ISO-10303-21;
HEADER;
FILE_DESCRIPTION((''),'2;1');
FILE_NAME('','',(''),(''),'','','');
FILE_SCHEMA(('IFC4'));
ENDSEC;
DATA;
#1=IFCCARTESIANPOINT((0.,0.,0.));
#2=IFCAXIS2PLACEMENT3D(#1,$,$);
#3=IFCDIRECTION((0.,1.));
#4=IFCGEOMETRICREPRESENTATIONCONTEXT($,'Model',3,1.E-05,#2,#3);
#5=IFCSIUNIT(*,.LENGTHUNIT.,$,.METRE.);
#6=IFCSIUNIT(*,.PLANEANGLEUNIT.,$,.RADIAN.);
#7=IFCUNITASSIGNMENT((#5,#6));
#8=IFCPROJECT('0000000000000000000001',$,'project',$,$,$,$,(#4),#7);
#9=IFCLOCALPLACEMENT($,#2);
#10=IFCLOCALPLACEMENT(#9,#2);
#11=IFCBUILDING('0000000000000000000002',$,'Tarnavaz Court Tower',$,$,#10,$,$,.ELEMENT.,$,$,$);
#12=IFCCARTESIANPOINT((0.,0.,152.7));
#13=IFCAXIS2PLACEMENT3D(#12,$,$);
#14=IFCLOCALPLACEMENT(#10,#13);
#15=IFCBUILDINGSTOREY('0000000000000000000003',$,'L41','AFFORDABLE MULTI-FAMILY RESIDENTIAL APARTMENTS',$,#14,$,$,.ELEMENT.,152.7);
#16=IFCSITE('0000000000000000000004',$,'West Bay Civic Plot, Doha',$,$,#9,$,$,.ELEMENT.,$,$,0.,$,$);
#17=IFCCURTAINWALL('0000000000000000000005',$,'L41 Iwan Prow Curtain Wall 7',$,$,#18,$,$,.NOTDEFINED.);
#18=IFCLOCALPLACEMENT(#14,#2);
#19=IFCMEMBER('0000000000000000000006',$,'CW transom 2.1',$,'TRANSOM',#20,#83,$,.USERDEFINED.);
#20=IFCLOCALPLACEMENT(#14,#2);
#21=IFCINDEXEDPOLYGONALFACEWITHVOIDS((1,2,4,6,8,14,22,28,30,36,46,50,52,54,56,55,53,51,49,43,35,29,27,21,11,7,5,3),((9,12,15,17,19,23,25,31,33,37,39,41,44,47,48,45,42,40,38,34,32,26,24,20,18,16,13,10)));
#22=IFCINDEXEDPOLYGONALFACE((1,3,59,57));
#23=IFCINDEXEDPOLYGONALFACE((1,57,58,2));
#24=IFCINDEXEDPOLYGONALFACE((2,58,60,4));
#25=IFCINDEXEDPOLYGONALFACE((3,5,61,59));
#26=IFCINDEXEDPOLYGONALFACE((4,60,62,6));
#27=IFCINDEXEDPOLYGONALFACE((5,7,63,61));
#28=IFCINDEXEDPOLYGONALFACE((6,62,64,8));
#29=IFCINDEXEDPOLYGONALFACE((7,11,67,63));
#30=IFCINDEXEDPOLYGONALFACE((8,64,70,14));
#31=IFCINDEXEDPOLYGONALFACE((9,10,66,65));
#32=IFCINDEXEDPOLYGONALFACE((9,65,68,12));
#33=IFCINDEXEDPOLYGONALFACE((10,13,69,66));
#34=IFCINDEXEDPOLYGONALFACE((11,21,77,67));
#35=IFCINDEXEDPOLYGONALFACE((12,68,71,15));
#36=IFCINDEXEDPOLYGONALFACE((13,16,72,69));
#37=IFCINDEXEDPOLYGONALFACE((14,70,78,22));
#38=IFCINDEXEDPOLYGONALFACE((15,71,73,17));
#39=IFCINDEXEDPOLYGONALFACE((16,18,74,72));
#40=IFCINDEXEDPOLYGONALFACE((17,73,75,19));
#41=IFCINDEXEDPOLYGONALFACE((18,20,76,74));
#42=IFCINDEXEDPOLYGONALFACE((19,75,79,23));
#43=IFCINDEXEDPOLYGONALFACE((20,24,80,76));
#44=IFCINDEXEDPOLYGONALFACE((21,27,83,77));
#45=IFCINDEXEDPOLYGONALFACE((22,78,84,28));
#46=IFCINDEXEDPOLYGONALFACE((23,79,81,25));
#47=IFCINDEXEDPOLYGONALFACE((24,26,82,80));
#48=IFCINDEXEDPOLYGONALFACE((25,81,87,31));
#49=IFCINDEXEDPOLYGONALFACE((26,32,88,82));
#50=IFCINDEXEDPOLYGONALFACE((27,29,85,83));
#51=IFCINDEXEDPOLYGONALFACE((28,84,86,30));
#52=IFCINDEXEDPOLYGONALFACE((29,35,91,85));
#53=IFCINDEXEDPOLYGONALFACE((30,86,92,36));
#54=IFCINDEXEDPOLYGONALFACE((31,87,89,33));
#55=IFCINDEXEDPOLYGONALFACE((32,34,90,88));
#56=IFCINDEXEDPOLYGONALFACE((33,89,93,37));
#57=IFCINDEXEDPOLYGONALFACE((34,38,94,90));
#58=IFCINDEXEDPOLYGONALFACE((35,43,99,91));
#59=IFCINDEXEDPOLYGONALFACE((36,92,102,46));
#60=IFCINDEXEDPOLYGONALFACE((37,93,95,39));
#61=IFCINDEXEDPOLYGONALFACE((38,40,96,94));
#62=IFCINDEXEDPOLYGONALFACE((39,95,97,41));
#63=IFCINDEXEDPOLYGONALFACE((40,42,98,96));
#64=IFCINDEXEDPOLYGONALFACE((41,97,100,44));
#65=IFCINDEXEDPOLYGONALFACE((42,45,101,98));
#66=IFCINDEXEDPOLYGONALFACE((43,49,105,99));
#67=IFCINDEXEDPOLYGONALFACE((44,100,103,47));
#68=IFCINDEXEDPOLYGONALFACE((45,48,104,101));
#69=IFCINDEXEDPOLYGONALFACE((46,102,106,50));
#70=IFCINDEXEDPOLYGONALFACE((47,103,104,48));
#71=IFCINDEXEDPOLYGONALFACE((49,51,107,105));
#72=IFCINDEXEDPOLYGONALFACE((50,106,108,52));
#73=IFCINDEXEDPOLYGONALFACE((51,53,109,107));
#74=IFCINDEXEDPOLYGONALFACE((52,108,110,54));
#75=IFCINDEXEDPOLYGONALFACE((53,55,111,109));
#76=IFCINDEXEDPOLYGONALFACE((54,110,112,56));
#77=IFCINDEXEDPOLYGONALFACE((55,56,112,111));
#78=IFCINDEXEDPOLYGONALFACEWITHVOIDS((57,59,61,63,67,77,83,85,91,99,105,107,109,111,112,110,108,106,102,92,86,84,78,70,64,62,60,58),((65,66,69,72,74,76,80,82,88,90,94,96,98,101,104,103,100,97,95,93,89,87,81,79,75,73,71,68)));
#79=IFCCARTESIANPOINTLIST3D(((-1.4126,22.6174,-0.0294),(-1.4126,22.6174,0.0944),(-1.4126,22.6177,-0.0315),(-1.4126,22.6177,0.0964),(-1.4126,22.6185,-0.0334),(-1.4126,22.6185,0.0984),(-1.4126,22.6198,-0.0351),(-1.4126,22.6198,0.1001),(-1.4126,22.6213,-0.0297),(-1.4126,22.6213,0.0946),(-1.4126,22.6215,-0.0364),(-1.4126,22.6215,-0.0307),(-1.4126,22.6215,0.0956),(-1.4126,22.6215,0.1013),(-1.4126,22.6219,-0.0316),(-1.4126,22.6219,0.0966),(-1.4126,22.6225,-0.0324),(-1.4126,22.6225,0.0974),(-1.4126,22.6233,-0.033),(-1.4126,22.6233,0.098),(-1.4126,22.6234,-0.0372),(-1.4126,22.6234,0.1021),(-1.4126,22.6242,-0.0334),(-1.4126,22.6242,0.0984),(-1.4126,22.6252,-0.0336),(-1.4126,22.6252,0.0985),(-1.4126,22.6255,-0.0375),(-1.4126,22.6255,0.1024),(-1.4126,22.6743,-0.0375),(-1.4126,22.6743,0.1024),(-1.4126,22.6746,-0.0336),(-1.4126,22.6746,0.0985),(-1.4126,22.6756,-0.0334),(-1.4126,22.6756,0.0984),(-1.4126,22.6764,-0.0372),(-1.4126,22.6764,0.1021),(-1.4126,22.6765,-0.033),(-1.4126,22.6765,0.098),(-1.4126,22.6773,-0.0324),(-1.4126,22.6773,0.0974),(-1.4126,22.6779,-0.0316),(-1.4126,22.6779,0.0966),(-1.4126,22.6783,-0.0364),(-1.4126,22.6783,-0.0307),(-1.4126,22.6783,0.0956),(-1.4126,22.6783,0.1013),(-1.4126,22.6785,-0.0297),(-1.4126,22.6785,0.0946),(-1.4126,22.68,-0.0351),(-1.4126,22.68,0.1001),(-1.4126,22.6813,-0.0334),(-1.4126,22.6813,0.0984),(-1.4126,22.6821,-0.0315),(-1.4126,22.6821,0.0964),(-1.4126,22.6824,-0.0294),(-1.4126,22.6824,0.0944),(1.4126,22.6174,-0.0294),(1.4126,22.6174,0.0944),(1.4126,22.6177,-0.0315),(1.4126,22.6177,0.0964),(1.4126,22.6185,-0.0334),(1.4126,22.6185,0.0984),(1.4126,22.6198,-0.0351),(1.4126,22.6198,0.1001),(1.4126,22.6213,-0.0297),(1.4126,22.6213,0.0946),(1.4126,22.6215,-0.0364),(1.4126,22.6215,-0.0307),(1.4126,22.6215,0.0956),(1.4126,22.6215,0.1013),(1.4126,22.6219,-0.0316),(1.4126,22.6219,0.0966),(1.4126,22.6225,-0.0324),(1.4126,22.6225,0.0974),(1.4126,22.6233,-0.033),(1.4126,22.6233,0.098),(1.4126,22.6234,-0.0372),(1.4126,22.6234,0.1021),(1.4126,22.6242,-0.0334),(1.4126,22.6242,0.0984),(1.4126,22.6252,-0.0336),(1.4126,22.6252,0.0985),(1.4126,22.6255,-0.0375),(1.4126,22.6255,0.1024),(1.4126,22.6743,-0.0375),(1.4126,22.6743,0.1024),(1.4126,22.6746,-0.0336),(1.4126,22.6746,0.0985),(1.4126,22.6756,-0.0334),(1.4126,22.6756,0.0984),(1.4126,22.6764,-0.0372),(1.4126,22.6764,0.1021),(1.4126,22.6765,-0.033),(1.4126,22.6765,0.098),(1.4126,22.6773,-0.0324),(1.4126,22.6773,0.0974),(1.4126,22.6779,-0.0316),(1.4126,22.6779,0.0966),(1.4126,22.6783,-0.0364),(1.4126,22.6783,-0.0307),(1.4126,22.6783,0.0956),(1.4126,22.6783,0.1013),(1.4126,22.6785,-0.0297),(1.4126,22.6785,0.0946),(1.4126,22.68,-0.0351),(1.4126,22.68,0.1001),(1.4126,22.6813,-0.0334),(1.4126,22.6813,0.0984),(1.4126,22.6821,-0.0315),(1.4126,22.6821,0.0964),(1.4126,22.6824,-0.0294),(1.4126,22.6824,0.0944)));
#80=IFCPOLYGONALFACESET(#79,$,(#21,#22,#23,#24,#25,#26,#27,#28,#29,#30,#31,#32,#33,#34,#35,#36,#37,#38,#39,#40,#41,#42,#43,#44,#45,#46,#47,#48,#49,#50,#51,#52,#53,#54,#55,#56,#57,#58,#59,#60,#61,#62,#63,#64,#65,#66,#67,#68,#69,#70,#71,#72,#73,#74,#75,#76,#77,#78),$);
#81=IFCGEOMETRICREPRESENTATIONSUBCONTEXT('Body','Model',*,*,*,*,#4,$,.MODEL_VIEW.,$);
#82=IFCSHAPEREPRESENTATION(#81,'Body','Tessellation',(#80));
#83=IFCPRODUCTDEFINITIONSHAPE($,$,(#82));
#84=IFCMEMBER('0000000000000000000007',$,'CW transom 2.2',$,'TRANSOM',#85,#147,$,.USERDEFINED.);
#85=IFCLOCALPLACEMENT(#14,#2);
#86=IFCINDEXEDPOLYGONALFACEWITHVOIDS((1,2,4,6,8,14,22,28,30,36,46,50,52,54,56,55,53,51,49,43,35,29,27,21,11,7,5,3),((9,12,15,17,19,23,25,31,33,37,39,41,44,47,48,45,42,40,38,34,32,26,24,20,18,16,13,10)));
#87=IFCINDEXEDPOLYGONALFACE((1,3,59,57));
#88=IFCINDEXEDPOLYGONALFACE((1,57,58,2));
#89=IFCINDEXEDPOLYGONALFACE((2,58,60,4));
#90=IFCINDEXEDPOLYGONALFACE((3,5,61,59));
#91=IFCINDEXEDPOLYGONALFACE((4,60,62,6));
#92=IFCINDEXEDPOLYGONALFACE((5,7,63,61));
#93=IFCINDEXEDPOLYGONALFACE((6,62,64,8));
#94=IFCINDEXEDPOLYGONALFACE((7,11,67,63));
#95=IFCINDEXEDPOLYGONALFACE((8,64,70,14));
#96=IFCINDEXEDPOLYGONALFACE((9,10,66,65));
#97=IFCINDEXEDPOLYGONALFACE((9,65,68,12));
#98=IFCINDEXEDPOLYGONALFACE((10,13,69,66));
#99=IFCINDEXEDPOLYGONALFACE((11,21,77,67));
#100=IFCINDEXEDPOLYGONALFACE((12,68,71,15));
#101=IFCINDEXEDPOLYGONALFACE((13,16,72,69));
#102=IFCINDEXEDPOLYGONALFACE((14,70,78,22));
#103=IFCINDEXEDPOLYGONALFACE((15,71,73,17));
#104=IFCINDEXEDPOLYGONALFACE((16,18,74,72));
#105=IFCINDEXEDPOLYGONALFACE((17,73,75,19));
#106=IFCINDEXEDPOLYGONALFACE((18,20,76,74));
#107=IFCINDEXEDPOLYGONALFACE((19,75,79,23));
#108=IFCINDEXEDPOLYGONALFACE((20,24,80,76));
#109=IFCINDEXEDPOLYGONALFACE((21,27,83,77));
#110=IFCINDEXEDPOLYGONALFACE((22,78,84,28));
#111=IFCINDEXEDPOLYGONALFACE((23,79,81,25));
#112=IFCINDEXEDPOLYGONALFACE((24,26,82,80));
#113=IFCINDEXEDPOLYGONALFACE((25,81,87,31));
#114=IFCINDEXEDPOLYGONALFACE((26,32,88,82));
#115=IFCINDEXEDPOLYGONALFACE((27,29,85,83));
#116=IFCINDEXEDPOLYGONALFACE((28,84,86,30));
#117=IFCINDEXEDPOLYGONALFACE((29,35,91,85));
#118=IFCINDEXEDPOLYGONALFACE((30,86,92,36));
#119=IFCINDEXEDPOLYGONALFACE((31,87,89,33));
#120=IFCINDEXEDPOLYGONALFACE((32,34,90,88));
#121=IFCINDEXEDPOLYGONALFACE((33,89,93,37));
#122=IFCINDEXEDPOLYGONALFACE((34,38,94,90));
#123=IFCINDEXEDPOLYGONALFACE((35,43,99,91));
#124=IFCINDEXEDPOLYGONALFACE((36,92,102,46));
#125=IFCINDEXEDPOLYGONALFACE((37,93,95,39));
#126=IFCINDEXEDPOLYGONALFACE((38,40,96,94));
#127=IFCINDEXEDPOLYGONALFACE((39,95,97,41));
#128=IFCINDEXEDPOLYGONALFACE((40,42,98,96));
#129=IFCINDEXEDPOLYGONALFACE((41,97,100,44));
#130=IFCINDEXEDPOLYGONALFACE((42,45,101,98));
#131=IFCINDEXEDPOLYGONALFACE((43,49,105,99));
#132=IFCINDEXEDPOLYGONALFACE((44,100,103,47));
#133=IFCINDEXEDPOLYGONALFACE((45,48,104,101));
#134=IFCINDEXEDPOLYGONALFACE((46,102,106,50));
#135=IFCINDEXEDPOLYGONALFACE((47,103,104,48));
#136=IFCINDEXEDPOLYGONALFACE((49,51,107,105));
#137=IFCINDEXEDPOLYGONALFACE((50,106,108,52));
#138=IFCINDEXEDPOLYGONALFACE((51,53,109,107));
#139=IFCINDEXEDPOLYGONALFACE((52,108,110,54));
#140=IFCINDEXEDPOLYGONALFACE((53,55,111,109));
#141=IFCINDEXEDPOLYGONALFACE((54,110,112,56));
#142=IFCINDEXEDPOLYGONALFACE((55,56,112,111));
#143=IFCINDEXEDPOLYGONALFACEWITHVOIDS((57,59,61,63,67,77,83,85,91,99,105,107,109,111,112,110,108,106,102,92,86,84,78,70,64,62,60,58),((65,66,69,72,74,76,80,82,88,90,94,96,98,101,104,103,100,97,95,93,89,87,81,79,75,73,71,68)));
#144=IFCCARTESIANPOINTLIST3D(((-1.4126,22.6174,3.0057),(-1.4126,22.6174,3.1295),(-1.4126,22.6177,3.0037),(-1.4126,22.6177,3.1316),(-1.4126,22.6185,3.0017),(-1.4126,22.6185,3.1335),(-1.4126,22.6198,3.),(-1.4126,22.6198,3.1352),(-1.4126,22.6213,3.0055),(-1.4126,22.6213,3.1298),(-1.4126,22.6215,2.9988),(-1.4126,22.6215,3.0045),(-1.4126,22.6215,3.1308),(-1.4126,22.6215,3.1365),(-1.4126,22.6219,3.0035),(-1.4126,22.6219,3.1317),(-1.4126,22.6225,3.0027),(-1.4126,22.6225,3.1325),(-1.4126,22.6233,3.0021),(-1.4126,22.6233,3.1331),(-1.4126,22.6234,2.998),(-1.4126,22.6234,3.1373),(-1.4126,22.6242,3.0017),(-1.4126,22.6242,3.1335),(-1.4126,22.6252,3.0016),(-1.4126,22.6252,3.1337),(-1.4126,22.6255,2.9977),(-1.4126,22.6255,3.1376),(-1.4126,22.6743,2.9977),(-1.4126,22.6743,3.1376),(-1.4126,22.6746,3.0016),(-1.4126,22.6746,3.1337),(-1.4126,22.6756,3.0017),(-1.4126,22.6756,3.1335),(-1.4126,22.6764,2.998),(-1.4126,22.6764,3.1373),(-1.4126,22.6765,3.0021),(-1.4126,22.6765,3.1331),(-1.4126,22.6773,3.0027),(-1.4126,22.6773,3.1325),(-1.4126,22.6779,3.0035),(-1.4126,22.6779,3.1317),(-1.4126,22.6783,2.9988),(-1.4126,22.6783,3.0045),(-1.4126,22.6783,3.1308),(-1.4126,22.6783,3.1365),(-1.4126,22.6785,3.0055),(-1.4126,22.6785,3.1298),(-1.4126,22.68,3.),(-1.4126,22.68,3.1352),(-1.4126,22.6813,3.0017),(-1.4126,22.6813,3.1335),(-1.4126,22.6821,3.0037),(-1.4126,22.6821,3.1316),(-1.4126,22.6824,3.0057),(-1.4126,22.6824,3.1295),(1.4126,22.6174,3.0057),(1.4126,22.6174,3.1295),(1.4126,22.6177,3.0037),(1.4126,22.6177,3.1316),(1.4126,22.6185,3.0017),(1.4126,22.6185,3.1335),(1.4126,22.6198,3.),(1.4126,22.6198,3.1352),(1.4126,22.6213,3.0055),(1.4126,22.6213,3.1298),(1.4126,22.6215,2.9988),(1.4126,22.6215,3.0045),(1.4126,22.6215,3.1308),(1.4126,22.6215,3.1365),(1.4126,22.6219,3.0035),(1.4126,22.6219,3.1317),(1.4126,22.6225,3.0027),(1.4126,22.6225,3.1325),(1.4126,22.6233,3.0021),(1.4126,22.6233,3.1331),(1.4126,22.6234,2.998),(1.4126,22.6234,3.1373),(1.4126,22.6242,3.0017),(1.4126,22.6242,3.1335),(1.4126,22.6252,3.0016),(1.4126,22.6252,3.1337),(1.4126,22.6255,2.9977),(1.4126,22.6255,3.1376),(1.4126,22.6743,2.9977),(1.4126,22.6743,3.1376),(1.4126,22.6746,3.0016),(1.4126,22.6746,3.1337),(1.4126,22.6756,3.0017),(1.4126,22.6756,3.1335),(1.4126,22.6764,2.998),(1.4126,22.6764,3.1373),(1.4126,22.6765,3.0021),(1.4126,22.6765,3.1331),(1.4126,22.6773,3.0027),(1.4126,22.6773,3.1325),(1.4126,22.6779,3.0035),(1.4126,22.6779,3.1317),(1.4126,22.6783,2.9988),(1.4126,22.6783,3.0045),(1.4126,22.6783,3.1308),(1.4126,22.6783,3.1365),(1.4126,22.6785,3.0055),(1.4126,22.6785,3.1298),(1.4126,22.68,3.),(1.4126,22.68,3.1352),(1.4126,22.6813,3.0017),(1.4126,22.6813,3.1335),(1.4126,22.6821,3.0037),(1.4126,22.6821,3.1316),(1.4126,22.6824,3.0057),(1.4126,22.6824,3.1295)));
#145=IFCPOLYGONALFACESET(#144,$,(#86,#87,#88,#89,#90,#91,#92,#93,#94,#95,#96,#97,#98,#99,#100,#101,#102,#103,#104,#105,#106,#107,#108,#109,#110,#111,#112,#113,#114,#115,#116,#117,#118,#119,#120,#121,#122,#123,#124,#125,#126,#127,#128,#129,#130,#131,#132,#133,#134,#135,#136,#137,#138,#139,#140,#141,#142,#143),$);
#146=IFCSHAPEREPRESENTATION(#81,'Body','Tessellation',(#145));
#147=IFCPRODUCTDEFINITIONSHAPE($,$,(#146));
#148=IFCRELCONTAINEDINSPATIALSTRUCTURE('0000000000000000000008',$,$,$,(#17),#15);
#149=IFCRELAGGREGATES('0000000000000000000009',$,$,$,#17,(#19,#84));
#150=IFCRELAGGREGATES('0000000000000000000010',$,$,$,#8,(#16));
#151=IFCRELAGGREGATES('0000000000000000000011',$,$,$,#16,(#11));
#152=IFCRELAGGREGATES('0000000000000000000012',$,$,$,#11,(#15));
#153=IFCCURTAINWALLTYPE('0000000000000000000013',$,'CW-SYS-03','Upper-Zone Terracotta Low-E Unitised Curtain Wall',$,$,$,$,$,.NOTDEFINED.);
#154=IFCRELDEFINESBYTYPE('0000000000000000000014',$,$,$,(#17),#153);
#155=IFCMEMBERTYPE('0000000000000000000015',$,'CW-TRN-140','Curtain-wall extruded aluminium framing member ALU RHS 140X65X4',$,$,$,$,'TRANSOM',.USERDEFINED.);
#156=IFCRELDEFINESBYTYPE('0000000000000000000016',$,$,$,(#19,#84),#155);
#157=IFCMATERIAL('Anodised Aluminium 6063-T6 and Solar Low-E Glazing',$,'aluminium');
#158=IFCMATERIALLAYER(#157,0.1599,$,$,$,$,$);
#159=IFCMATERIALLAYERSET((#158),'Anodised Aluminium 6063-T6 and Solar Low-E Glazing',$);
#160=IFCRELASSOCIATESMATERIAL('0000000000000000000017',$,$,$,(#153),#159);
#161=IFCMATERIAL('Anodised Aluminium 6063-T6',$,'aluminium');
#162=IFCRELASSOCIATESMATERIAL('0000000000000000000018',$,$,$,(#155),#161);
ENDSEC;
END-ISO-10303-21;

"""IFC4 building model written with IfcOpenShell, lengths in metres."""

from ifc_helpers import new_model, si_unit, direction, frame, origin, origin_2d, place, context, subcontext, project, spatial, hollow_rectangle, extrude, material, layer, layer_set, material_profile, profile_set, type_object, element, aggregate, save


model = new_model("IFC4")

# Units and contexts
model_context = context("Model", 3, precision=1e-05, world=origin(), true_north=direction((0.0, 1.0)))
body_context = subcontext(model_context, "Body", "Model", "MODEL_VIEW")
ifc_project = project(units=[si_unit("LENGTHUNIT", "METRE"), si_unit("PLANEANGLEUNIT", "RADIAN")], contexts=[model_context])

# Site, building, storey
site_placement = place(None, origin())
site = spatial("IfcSite", under=ifc_project, at=site_placement, Name="West Bay Civic Plot, Doha", CompositionType="ELEMENT", RefElevation=0.0)
building_placement = place(site_placement, origin())
building = spatial("IfcBuilding", under=site, at=building_placement, Name="Tarnavaz Court Tower", CompositionType="ELEMENT")
storey_placement = place(building_placement, frame((0.0, 0.0, 152.7)))
storey = spatial("IfcBuildingStorey", under=building, at=storey_placement, Name="L41", Description="AFFORDABLE MULTI-FAMILY RESIDENTIAL APARTMENTS", CompositionType="ELEMENT", Elevation=152.7)

# Curtain wall, members
ifc_material_1 = material(Name="Anodised Aluminium 6063-T6 and Solar Low-E Glazing", Category="aluminium")
ifc_layer_1 = layer(ifc_material_1, 0.1599)
ifc_layer_set_1 = layer_set([ifc_layer_1], Name="Anodised Aluminium 6063-T6 and Solar Low-E Glazing")
curtain_wall_type = type_object("IfcCurtainWallType", Name="CW-SYS-03", Description="Upper-Zone Terracotta Low-E Unitised Curtain Wall", PredefinedType="NOTDEFINED", material=ifc_layer_set_1)
curtain_wall_placement = place(storey_placement, origin())
curtain_wall = element("IfcCurtainWall", 1, at=curtain_wall_placement, inside=storey, type_object=curtain_wall_type, Name="L41 Iwan Prow Curtain Wall 7", PredefinedType="NOTDEFINED")
ifc_material_2 = material(Name="Anodised Aluminium 6063-T6", Category="aluminium")
ifc_material_profile_1 = material_profile(ifc_material_2, hollow_rectangle(XDim=0.0649, YDim=0.1399, WallThickness=0.0039, InnerFilletRadius=0.0039, OuterFilletRadius=0.0081, at=origin_2d()), Name="ALU RHS 140X65X4")
ifc_profile_set_1 = profile_set([ifc_material_profile_1], Name="Anodised Aluminium 6063-T6")
member_type_1 = type_object("IfcMemberType", Name="CW-TRN-140", Description="Curtain-wall extruded aluminium framing member ALU RHS 140X65X4", ElementType="TRANSOM", PredefinedType="USERDEFINED", material=ifc_profile_set_1)
member_1_placement = place(storey_placement, frame((-1.4126, 22.6499, 0.0325), z_axis=(1.0, 0.0, 0.0), x_axis=(0.0, 1.0, 0.0)))
member_1 = element("IfcMember", 2, at=member_1_placement, type_object=member_type_1, Name="CW transom 2.1", ObjectType="TRANSOM", PredefinedType="USERDEFINED", context=body_context, shape_type="SweptSolid", body=[
    extrude(hollow_rectangle(XDim=0.0649, YDim=0.1399, WallThickness=0.0039, InnerFilletRadius=0.0039, OuterFilletRadius=0.0081, at=origin_2d()), origin(), (0.0, 0.0, 1.0), 2.8252),
])
member_2_placement = place(storey_placement, frame((-1.4126, 22.6499, 3.0676), z_axis=(1.0, 0.0, 0.0), x_axis=(0.0, 1.0, 0.0)))
member_2 = element("IfcMember", 3, at=member_2_placement, type_object=member_type_1, Name="CW transom 2.2", ObjectType="TRANSOM", PredefinedType="USERDEFINED", context=body_context, shape_type="SweptSolid", body=[
    extrude(hollow_rectangle(XDim=0.0649, YDim=0.1399, WallThickness=0.0039, InnerFilletRadius=0.0039, OuterFilletRadius=0.0081, at=origin_2d()), origin(), (0.0, 0.0, 1.0), 2.8252),
])
aggregate(curtain_wall, [member_1, member_2])

save(model, "model.ifc")
